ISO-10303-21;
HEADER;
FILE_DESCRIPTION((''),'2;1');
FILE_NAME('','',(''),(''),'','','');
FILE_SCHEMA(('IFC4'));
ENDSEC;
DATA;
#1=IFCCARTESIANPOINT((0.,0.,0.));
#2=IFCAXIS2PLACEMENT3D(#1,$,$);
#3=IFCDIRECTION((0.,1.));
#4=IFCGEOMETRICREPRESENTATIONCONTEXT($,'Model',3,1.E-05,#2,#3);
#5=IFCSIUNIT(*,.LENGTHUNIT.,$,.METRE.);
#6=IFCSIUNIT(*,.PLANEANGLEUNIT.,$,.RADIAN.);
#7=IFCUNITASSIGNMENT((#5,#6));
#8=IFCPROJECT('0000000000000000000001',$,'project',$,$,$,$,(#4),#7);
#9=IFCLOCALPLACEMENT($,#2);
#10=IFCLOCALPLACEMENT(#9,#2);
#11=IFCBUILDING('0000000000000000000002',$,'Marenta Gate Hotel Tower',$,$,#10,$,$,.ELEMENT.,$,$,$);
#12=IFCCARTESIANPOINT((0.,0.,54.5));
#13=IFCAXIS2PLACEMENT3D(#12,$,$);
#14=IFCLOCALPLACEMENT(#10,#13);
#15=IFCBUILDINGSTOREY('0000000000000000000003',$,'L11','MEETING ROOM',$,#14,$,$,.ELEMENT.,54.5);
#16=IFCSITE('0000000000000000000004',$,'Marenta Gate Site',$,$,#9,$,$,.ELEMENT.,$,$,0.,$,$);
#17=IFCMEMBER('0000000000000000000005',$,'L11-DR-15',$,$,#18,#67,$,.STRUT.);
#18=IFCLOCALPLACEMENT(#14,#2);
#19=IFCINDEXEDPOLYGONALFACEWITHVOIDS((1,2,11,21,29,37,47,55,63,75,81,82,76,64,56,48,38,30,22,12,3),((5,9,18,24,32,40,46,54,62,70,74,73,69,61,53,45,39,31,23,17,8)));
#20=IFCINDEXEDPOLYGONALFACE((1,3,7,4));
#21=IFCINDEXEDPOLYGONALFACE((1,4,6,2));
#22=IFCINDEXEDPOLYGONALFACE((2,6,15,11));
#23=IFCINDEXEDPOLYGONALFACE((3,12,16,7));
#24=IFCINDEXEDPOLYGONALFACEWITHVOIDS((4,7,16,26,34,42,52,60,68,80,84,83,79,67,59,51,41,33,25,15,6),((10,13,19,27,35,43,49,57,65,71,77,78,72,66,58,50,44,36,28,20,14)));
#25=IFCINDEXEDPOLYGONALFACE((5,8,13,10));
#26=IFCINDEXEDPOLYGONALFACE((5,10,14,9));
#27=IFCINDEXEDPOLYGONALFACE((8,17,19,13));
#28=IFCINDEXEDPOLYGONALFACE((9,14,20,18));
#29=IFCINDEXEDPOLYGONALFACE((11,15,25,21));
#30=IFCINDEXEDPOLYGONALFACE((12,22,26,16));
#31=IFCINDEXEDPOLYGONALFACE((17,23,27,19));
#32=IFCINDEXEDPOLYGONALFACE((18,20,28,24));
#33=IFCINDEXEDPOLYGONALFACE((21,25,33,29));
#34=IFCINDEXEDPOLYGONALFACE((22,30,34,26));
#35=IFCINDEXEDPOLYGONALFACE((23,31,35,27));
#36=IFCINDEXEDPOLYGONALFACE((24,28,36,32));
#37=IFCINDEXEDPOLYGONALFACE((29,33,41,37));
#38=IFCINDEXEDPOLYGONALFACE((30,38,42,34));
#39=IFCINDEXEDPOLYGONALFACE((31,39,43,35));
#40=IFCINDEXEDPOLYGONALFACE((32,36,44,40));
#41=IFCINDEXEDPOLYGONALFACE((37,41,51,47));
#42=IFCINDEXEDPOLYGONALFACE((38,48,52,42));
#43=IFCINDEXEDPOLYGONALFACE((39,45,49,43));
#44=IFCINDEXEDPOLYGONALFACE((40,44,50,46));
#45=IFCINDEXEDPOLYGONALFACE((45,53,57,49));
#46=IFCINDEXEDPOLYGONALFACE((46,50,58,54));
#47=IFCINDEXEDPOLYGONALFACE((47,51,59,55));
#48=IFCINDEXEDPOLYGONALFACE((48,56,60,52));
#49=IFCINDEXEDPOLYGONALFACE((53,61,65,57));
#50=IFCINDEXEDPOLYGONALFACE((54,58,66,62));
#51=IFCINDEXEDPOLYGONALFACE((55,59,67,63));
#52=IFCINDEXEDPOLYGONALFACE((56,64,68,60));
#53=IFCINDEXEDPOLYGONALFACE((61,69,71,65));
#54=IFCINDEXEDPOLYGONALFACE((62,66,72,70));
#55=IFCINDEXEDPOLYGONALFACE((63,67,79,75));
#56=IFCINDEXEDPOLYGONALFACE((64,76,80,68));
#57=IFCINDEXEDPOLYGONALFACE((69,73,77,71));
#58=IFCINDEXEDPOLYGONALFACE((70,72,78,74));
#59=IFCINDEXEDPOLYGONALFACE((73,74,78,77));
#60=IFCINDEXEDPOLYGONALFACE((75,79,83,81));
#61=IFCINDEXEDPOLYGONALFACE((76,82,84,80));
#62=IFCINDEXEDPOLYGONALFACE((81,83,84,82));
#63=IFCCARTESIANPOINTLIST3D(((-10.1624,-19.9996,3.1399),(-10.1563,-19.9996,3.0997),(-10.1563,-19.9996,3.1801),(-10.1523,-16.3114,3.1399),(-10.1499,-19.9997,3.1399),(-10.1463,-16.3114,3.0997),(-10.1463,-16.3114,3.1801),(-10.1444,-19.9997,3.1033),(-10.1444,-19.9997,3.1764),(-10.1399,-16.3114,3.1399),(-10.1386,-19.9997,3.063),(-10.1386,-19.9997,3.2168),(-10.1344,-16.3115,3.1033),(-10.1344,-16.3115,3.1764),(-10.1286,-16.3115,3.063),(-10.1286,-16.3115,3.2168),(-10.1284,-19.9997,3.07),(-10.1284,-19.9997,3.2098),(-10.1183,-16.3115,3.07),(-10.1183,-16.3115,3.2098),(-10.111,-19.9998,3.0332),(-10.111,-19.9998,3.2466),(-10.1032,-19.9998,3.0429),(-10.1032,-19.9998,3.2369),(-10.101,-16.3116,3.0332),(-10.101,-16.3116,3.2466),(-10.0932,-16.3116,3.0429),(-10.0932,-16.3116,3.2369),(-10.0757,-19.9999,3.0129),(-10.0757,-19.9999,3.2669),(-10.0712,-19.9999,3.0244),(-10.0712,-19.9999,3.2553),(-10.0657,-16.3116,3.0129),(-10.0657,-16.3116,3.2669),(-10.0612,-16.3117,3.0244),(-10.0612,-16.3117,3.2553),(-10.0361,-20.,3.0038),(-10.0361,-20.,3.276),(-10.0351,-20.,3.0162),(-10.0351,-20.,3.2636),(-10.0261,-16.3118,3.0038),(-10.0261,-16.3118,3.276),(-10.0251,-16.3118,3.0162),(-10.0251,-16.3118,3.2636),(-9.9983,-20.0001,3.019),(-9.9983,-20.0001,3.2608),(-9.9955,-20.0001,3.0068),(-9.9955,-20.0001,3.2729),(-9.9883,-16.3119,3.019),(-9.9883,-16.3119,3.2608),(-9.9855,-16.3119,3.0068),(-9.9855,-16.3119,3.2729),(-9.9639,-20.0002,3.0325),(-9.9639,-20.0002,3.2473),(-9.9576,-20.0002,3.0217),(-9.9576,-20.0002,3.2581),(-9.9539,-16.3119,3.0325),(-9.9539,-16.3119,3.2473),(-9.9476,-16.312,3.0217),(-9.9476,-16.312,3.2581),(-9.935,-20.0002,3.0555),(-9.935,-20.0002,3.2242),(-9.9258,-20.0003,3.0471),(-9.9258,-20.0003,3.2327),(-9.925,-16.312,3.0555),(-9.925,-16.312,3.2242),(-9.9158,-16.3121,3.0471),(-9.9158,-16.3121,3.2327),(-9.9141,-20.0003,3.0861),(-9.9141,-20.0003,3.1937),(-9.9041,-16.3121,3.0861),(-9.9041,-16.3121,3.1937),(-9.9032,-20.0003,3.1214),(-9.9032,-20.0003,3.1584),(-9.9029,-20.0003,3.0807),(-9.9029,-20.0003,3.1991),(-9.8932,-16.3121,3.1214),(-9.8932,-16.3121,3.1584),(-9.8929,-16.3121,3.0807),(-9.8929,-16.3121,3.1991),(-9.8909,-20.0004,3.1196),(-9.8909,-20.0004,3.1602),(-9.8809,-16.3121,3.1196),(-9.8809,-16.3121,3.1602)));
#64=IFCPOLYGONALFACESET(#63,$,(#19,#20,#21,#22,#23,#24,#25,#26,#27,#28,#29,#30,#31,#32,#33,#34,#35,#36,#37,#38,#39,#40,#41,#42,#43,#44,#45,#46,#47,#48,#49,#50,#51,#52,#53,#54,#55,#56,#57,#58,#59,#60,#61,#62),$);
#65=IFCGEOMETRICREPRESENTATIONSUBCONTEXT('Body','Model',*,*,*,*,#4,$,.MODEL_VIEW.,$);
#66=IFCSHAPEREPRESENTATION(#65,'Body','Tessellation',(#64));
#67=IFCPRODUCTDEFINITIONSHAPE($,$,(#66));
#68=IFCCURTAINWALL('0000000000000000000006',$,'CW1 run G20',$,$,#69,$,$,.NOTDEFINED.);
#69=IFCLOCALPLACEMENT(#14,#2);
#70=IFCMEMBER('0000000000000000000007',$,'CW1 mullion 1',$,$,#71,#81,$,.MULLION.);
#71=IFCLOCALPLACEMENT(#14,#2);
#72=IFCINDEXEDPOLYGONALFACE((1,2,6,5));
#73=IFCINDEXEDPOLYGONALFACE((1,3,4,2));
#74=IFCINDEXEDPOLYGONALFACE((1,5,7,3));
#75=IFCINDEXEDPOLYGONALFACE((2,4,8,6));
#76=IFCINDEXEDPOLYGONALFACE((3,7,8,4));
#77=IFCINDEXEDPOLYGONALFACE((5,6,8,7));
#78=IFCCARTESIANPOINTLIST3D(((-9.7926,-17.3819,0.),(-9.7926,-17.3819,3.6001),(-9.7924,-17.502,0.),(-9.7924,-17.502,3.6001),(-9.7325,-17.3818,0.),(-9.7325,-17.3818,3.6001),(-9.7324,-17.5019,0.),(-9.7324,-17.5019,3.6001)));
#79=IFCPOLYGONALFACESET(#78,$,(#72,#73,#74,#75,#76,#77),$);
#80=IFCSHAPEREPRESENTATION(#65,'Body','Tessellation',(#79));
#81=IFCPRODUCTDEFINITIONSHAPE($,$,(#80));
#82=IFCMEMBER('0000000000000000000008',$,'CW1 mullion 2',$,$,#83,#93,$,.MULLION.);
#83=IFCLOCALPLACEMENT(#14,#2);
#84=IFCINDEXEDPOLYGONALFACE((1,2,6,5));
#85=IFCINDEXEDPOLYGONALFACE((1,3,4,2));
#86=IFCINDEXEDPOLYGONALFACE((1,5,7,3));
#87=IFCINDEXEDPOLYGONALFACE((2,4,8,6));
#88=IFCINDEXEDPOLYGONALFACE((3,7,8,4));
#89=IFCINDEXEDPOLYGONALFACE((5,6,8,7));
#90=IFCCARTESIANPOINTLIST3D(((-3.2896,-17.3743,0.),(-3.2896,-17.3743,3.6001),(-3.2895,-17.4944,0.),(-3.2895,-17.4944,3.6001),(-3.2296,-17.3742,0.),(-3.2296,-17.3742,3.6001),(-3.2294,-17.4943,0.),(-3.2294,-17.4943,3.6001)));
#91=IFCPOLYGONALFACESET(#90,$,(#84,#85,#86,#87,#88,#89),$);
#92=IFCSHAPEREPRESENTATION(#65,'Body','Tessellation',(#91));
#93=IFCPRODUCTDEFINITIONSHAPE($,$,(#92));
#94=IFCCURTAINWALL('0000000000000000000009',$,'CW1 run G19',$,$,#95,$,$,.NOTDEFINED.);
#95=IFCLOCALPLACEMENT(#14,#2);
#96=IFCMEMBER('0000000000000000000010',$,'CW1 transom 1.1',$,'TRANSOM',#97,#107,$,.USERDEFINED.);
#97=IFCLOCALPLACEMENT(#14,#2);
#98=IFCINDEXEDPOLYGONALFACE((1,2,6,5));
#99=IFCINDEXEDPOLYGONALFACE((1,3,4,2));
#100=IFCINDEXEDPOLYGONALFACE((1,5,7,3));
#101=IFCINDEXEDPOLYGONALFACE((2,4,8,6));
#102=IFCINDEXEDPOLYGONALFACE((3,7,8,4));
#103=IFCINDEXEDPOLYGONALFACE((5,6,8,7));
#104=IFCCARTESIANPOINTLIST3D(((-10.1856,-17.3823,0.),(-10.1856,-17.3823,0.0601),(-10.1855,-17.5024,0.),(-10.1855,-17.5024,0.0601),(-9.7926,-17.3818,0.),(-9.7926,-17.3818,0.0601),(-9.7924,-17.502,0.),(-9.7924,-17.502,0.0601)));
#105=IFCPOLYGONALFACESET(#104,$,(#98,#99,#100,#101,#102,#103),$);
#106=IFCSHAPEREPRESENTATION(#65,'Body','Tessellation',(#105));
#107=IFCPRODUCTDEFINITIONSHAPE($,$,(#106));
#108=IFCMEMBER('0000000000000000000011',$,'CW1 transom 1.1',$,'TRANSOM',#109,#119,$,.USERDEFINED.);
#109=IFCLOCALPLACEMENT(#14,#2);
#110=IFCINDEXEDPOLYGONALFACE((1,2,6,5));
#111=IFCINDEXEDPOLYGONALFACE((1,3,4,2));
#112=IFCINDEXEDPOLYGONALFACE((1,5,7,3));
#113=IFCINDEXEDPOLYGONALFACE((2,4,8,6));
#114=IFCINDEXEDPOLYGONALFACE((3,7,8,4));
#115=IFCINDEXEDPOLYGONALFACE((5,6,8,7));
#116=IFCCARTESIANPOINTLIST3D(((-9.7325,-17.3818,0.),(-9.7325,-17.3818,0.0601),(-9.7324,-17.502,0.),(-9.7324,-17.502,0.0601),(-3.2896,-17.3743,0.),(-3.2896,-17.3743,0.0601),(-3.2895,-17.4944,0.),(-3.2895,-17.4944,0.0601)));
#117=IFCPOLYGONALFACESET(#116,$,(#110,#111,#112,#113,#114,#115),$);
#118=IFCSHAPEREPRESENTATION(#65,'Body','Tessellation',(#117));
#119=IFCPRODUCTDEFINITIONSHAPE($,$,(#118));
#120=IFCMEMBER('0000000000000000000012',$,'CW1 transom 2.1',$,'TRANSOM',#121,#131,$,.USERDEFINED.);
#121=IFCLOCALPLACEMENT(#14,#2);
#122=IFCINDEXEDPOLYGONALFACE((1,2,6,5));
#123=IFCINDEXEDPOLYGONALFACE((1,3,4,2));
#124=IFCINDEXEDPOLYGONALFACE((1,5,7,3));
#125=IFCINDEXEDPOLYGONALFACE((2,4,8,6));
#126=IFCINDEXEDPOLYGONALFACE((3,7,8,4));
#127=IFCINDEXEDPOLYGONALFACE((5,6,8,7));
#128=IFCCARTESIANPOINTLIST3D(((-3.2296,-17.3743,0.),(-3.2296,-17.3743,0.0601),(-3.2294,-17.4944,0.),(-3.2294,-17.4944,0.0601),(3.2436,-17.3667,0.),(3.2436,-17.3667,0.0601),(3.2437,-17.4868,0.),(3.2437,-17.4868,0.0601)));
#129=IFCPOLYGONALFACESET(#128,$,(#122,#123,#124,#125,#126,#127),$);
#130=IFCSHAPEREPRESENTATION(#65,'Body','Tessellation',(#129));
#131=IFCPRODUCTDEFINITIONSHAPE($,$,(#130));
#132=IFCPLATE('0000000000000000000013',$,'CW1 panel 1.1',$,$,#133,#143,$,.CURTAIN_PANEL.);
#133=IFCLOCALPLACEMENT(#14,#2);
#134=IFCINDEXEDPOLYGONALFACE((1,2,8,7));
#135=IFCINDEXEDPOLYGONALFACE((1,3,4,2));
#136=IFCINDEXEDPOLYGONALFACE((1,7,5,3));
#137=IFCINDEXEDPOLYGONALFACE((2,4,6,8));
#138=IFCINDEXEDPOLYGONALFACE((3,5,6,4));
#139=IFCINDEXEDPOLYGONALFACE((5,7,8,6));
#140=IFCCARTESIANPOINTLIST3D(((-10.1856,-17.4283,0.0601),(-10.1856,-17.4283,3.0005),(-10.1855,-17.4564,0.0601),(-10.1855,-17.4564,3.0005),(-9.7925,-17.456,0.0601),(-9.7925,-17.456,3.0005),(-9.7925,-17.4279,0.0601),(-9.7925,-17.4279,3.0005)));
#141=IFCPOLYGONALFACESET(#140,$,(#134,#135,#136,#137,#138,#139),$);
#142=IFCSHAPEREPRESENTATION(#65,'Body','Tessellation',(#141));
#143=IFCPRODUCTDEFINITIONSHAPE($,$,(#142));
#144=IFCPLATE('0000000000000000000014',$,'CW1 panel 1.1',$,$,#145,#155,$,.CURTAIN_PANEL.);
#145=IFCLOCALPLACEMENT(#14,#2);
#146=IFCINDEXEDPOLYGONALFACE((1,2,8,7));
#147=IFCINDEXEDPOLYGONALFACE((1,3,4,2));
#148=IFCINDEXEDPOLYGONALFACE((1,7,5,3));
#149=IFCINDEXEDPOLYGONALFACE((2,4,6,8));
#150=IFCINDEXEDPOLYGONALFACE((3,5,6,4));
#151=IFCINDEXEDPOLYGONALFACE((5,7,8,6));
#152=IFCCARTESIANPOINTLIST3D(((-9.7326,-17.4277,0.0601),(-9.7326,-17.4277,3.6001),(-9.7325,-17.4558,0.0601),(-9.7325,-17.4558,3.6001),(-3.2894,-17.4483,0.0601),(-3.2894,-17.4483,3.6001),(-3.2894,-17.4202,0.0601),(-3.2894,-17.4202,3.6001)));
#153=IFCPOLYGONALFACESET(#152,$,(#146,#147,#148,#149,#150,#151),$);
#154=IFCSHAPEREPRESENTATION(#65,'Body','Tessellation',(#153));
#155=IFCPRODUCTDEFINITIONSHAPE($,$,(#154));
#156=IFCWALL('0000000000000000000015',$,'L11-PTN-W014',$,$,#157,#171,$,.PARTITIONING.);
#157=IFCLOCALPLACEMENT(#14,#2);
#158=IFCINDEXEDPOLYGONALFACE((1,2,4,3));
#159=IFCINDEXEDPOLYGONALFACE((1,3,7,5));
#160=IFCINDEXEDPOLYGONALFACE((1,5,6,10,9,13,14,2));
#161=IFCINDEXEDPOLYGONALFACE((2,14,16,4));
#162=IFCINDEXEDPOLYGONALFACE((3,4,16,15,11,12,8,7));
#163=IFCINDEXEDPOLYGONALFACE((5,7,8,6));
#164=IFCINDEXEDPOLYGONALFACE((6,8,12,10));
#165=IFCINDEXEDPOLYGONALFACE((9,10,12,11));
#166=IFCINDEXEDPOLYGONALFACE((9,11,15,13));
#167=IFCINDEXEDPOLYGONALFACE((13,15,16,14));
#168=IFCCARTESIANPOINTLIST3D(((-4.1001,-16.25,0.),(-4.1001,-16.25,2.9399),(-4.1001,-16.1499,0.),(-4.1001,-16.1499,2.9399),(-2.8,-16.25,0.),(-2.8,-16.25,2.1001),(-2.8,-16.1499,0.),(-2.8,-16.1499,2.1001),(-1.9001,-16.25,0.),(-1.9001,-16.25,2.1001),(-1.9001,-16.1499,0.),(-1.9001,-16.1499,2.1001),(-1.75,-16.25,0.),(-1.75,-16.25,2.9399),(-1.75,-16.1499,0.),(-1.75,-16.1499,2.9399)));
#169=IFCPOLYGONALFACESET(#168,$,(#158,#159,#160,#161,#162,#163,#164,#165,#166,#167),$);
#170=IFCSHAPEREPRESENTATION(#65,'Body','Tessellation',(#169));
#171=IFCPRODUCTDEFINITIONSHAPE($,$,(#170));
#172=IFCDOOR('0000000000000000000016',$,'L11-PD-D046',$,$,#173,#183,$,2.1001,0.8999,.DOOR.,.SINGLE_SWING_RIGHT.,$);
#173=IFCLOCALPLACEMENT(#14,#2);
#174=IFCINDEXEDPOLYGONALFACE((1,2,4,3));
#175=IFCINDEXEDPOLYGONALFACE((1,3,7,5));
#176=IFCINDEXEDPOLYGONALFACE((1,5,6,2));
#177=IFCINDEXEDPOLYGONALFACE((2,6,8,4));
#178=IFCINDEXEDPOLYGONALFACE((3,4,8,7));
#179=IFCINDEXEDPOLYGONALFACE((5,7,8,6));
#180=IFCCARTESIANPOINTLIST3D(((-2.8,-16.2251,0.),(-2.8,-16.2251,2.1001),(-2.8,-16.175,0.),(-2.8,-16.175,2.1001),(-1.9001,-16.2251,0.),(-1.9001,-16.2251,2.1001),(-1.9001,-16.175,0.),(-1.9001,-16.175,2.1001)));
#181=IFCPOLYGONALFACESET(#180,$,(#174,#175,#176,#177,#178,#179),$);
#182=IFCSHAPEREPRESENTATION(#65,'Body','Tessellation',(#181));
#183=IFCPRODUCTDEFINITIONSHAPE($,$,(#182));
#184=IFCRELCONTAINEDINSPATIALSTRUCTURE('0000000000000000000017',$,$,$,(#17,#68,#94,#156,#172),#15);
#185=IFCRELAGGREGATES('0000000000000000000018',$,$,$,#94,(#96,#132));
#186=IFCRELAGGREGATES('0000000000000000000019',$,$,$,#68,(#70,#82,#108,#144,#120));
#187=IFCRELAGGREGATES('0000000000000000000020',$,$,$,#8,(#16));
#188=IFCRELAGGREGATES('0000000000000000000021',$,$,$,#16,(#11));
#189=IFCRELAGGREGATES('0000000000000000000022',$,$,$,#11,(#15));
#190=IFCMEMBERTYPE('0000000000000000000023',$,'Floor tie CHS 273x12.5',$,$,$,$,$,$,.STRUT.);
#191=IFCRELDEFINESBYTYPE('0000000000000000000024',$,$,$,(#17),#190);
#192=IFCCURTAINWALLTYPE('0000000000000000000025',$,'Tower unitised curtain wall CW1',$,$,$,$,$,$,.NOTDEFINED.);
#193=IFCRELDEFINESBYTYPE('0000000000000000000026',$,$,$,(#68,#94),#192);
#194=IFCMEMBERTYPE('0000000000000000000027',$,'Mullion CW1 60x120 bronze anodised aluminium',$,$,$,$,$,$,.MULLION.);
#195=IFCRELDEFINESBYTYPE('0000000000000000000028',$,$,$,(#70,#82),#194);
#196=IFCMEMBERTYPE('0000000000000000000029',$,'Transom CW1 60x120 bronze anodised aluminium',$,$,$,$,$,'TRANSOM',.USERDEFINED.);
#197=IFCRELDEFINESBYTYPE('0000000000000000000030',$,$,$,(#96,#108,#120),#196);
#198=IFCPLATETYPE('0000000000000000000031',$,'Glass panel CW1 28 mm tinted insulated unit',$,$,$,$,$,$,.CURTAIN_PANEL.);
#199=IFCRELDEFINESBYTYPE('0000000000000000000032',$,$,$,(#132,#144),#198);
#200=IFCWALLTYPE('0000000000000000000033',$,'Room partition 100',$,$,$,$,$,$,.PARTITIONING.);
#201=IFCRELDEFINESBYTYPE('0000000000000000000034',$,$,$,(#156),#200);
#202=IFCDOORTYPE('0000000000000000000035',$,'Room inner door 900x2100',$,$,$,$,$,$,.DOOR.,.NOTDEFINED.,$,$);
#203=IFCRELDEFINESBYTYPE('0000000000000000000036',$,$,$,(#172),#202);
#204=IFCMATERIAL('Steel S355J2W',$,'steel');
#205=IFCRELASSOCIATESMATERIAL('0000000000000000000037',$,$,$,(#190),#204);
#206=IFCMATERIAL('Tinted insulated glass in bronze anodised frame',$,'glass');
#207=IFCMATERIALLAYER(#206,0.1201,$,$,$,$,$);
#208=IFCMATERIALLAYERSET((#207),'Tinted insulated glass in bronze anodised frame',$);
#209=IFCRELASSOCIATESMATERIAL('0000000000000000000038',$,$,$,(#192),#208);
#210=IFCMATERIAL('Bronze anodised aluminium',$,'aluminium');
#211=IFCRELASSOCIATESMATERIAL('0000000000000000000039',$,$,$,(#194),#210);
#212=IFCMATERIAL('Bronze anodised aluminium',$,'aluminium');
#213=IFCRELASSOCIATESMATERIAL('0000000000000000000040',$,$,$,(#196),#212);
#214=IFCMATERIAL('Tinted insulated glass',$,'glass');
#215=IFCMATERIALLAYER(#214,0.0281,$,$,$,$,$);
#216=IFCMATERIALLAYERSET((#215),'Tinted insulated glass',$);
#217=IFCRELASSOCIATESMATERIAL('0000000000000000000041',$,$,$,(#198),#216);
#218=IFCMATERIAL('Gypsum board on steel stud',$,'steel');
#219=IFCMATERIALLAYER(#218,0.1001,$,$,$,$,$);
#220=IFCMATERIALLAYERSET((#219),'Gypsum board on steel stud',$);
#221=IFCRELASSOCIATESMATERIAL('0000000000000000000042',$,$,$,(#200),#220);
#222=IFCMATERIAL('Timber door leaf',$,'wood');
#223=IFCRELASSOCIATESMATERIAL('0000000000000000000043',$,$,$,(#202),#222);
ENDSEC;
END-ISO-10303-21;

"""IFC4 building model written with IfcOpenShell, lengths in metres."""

from ifc_helpers import new_model, si_unit, direction, frame, frame_2d, origin, origin_2d, place, context, subcontext, project, spatial, rectangle, hollow_circle, extrude, material, layer, layer_set, material_profile, profile_set, type_object, element, fill, aggregate, save


model = new_model("IFC4")

# Units and contexts
model_context = context("Model", 3, precision=1e-05, world=origin(), true_north=direction((0.0, 1.0)))
body_context = subcontext(model_context, "Body", "Model", "MODEL_VIEW")
ifc_project = project(units=[si_unit("LENGTHUNIT", "METRE"), si_unit("PLANEANGLEUNIT", "RADIAN")], contexts=[model_context])

# Site, building, storey
site_placement = place(None, origin())
site = spatial("IfcSite", under=ifc_project, at=site_placement, Name="Marenta Gate Site", CompositionType="ELEMENT", RefElevation=0.0)
building_placement = place(site_placement, origin())
building = spatial("IfcBuilding", under=site, at=building_placement, Name="Marenta Gate Hotel Tower", CompositionType="ELEMENT")
storey_placement = place(building_placement, frame((0.0, 0.0, 54.5)))
storey = spatial("IfcBuildingStorey", under=building, at=storey_placement, Name="L11", Description="MEETING ROOM", CompositionType="ELEMENT", Elevation=54.5)

# Member
ifc_material_1 = material(Name="Steel S355J2W", Category="steel")
ifc_material_profile_1 = material_profile(ifc_material_1, hollow_circle(Radius=0.1365, WallThickness=0.0125, at=origin_2d()), Name="CHS 273x12.5")
ifc_profile_set_1 = profile_set([ifc_material_profile_1], Name="Steel S355J2W")
member_type_1 = type_object("IfcMemberType", Name="Floor tie CHS 273x12.5", PredefinedType="STRUT", material=ifc_profile_set_1)
member_1_placement = place(storey_placement, frame((-10.0259, -20.0, 3.1399), z_axis=(0.002714, 0.999996, 0.0), x_axis=(-0.999996, 0.002714, 0.0)))
element("IfcMember", 1, at=member_1_placement, inside=storey, type_object=member_type_1, Name="L11-DR-15", PredefinedType="STRUT", context=body_context, shape_type="SweptSolid", body=[
    extrude(hollow_circle(Radius=0.1365, WallThickness=0.0125, at=origin_2d()), origin(), (0.0, 0.0, 1.0), 3.6882),
])

# Curtain wall, members
ifc_material_2 = material(Name="Tinted insulated glass in bronze anodised frame", Category="glass")
ifc_layer_1 = layer(ifc_material_2, 0.1201)
ifc_layer_set_1 = layer_set([ifc_layer_1], Name="Tinted insulated glass in bronze anodised frame")
curtain_wall_type = type_object("IfcCurtainWallType", Name="Tower unitised curtain wall CW1", PredefinedType="NOTDEFINED", material=ifc_layer_set_1)
curtain_wall_1_placement = place(storey_placement, origin())
curtain_wall_1 = element("IfcCurtainWall", 2, at=curtain_wall_1_placement, inside=storey, type_object=curtain_wall_type, Name="CW1 run G20", PredefinedType="NOTDEFINED")
ifc_material_3 = material(Name="Bronze anodised aluminium", Category="aluminium")
ifc_material_profile_2 = material_profile(ifc_material_3, rectangle(XDim=0.1201, YDim=0.0601, at=origin_2d()), Name="Mullion CW1 60x120 bronze anodised aluminium")
ifc_profile_set_2 = profile_set([ifc_material_profile_2], Name="Bronze anodised aluminium")
member_type_2 = type_object("IfcMemberType", Name="Mullion CW1 60x120 bronze anodised aluminium", PredefinedType="MULLION", material=ifc_profile_set_2)
member_2_placement = place(storey_placement, frame((-9.7625, -17.4419, 0.0), z_axis=(0.0, 0.0, 1.0), x_axis=(-0.001163, 0.999999, 0.0)))
member_2 = element("IfcMember", 3, at=member_2_placement, type_object=member_type_2, Name="CW1 mullion 1", PredefinedType="MULLION", context=body_context, shape_type="SweptSolid", body=[
    extrude(rectangle(XDim=0.1201, YDim=0.0601, at=origin_2d()), origin(), (0.0, 0.0, 1.0), 3.6001),
])
member_3_placement = place(storey_placement, frame((-3.2595, -17.4343, 0.0), z_axis=(0.0, 0.0, 1.0), x_axis=(-0.001163, 0.999999, 0.0)))
member_3 = element("IfcMember", 4, at=member_3_placement, type_object=member_type_2, Name="CW1 mullion 2", PredefinedType="MULLION", context=body_context, shape_type="SweptSolid", body=[
    extrude(rectangle(XDim=0.1201, YDim=0.0601, at=origin_2d()), origin(), (0.0, 0.0, 1.0), 3.6001),
])

# Curtain wall, member
curtain_wall_2_placement = place(storey_placement, origin())
curtain_wall_2 = element("IfcCurtainWall", 5, at=curtain_wall_2_placement, inside=storey, type_object=curtain_wall_type, Name="CW1 run G19", PredefinedType="NOTDEFINED")
ifc_material_4 = material(Name="Bronze anodised aluminium", Category="aluminium")
ifc_material_profile_3 = material_profile(ifc_material_4, rectangle(XDim=0.1201, YDim=0.0601, at=origin_2d()), Name="Transom CW1 60x120 bronze anodised aluminium")
ifc_profile_set_3 = profile_set([ifc_material_profile_3], Name="Bronze anodised aluminium")
member_type_3 = type_object("IfcMemberType", Name="Transom CW1 60x120 bronze anodised aluminium", ElementType="TRANSOM", PredefinedType="USERDEFINED", material=ifc_profile_set_3)
member_4_placement = place(storey_placement, frame((-10.1855, -17.4424, 0.03), z_axis=(0.999999, 0.001242, 0.0), x_axis=(-0.001242, 0.999999, 0.0)))
member_4 = element("IfcMember", 6, at=member_4_placement, type_object=member_type_3, Name="CW1 transom 1.1", ObjectType="TRANSOM", PredefinedType="USERDEFINED", context=body_context, shape_type="SweptSolid", body=[
    extrude(rectangle(XDim=0.1201, YDim=0.0601, at=origin_2d()), origin(), (0.0, 0.0, 1.0), 0.3931),
])

# Members
member_5_placement = place(storey_placement, frame((-9.7324, -17.4419, 0.03), z_axis=(0.999999, 0.001175, 0.0), x_axis=(-0.001175, 0.999999, 0.0)))
member_5 = element("IfcMember", 7, at=member_5_placement, type_object=member_type_3, Name="CW1 transom 1.1", ObjectType="TRANSOM", PredefinedType="USERDEFINED", context=body_context, shape_type="SweptSolid", body=[
    extrude(rectangle(XDim=0.1201, YDim=0.0601, at=origin_2d()), origin(), (0.0, 0.0, 1.0), 6.4429),
])
member_6_placement = place(storey_placement, frame((-3.2295, -17.4343, 0.03), z_axis=(0.999999, 0.001169, 0.0), x_axis=(-0.001169, 0.999999, 0.0)))
member_6 = element("IfcMember", 8, at=member_6_placement, type_object=member_type_3, Name="CW1 transom 2.1", ObjectType="TRANSOM", PredefinedType="USERDEFINED", context=body_context, shape_type="SweptSolid", body=[
    extrude(rectangle(XDim=0.1201, YDim=0.0601, at=origin_2d()), origin(), (0.0, 0.0, 1.0), 6.4731),
])

# Plates
ifc_material_5 = material(Name="Tinted insulated glass", Category="glass")
ifc_layer_2 = layer(ifc_material_5, 0.0281)
ifc_layer_set_2 = layer_set([ifc_layer_2], Name="Tinted insulated glass")
plate_type = type_object("IfcPlateType", Name="Glass panel CW1 28 mm tinted insulated unit", PredefinedType="CURTAIN_PANEL", material=ifc_layer_set_2)
plate_1_placement = place(storey_placement, frame((-9.989, -17.4421, 0.0601), z_axis=(0.0, 0.0, 1.0), x_axis=(0.999999, 0.001104, 0.0)))
plate_1 = element("IfcPlate", 9, at=plate_1_placement, type_object=plate_type, Name="CW1 panel 1.1", PredefinedType="CURTAIN_PANEL", context=body_context, shape_type="SweptSolid", body=[
    extrude(rectangle(XDim=0.3931, YDim=0.0281, at=origin_2d()), origin(), (0.0, 0.0, 1.0), 2.9404),
])
aggregate(curtain_wall_2, [member_4, plate_1])
plate_2_placement = place(storey_placement, frame((-6.511, -17.438, 0.0601), z_axis=(0.0, 0.0, 1.0), x_axis=(0.999999, 0.001163, 0.0)))
plate_2 = element("IfcPlate", 10, at=plate_2_placement, type_object=plate_type, Name="CW1 panel 1.1", PredefinedType="CURTAIN_PANEL", context=body_context, shape_type="SweptSolid", body=[
    extrude(rectangle(XDim=6.4431, YDim=0.0281, at=origin_2d()), origin(), (0.0, 0.0, 1.0), 3.54),
])
aggregate(curtain_wall_1, [member_2, member_3, member_5, plate_2, member_6])

# Wall, opening, door
ifc_material_6 = material(Name="Gypsum board on steel stud", Category="steel")
ifc_layer_3 = layer(ifc_material_6, 0.1001)
ifc_layer_set_3 = layer_set([ifc_layer_3], Name="Gypsum board on steel stud")
wall_type_1 = type_object("IfcWallType", Name="Room partition 100", PredefinedType="PARTITIONING", material=ifc_layer_set_3)
wall_1_placement = place(storey_placement, frame((-4.1001, -16.2, 0.0), z_axis=(0.0, 0.0, 1.0), x_axis=(1.0, 0.0, 0.0)))
wall_1 = element("IfcWall", 11, at=wall_1_placement, inside=storey, type_object=wall_type_1, Name="L11-PTN-W014", PredefinedType="PARTITIONING", context=body_context, shape_type="SweptSolid", body=[
    extrude(rectangle(XDim=2.3501, YDim=0.1001, at=frame_2d((1.175, 0.0))), origin(), (0.0, 0.0, 1.0), 2.9399),
])
opening_placement = place(wall_1_placement, frame((1.3, 0.0, 0.0)))
opening = element("IfcOpeningElement", 12, at=opening_placement, cuts=wall_1, PredefinedType="OPENING", context=body_context, shape_type="SweptSolid", body=[
    extrude(rectangle(XDim=0.8999, YDim=2.1001, at=frame_2d((0.45, 1.05))), frame((0.0, 0.05, 0.0), z_axis=(0.0, -1.0, 0.0), x_axis=(1.0, 0.0, 0.0)), (0.0, 0.0, 1.0), 0.1001),
])
ifc_material_7 = material(Name="Timber door leaf", Category="wood")
door_type = type_object("IfcDoorType", Name="Room inner door 900x2100", OperationType="NOTDEFINED", PredefinedType="DOOR", material=ifc_material_7)
door_placement = place(opening_placement, origin())
door = element("IfcDoor", 13, at=door_placement, inside=storey, type_object=door_type, Name="L11-PD-D046", OperationType="SINGLE_SWING_RIGHT", OverallHeight=2.1001, OverallWidth=0.8999, PredefinedType="DOOR", context=body_context, shape_type="SweptSolid", body=[
    extrude(rectangle(XDim=0.8999, YDim=2.1001, at=frame_2d((0.45, 1.05))), frame((0.0, 0.0249, 0.0), z_axis=(0.0, -1.0, 0.0), x_axis=(1.0, 0.0, 0.0)), (0.0, 0.0, 1.0), 0.05),
])
fill(opening, door)

save(model, "model.ifc")
